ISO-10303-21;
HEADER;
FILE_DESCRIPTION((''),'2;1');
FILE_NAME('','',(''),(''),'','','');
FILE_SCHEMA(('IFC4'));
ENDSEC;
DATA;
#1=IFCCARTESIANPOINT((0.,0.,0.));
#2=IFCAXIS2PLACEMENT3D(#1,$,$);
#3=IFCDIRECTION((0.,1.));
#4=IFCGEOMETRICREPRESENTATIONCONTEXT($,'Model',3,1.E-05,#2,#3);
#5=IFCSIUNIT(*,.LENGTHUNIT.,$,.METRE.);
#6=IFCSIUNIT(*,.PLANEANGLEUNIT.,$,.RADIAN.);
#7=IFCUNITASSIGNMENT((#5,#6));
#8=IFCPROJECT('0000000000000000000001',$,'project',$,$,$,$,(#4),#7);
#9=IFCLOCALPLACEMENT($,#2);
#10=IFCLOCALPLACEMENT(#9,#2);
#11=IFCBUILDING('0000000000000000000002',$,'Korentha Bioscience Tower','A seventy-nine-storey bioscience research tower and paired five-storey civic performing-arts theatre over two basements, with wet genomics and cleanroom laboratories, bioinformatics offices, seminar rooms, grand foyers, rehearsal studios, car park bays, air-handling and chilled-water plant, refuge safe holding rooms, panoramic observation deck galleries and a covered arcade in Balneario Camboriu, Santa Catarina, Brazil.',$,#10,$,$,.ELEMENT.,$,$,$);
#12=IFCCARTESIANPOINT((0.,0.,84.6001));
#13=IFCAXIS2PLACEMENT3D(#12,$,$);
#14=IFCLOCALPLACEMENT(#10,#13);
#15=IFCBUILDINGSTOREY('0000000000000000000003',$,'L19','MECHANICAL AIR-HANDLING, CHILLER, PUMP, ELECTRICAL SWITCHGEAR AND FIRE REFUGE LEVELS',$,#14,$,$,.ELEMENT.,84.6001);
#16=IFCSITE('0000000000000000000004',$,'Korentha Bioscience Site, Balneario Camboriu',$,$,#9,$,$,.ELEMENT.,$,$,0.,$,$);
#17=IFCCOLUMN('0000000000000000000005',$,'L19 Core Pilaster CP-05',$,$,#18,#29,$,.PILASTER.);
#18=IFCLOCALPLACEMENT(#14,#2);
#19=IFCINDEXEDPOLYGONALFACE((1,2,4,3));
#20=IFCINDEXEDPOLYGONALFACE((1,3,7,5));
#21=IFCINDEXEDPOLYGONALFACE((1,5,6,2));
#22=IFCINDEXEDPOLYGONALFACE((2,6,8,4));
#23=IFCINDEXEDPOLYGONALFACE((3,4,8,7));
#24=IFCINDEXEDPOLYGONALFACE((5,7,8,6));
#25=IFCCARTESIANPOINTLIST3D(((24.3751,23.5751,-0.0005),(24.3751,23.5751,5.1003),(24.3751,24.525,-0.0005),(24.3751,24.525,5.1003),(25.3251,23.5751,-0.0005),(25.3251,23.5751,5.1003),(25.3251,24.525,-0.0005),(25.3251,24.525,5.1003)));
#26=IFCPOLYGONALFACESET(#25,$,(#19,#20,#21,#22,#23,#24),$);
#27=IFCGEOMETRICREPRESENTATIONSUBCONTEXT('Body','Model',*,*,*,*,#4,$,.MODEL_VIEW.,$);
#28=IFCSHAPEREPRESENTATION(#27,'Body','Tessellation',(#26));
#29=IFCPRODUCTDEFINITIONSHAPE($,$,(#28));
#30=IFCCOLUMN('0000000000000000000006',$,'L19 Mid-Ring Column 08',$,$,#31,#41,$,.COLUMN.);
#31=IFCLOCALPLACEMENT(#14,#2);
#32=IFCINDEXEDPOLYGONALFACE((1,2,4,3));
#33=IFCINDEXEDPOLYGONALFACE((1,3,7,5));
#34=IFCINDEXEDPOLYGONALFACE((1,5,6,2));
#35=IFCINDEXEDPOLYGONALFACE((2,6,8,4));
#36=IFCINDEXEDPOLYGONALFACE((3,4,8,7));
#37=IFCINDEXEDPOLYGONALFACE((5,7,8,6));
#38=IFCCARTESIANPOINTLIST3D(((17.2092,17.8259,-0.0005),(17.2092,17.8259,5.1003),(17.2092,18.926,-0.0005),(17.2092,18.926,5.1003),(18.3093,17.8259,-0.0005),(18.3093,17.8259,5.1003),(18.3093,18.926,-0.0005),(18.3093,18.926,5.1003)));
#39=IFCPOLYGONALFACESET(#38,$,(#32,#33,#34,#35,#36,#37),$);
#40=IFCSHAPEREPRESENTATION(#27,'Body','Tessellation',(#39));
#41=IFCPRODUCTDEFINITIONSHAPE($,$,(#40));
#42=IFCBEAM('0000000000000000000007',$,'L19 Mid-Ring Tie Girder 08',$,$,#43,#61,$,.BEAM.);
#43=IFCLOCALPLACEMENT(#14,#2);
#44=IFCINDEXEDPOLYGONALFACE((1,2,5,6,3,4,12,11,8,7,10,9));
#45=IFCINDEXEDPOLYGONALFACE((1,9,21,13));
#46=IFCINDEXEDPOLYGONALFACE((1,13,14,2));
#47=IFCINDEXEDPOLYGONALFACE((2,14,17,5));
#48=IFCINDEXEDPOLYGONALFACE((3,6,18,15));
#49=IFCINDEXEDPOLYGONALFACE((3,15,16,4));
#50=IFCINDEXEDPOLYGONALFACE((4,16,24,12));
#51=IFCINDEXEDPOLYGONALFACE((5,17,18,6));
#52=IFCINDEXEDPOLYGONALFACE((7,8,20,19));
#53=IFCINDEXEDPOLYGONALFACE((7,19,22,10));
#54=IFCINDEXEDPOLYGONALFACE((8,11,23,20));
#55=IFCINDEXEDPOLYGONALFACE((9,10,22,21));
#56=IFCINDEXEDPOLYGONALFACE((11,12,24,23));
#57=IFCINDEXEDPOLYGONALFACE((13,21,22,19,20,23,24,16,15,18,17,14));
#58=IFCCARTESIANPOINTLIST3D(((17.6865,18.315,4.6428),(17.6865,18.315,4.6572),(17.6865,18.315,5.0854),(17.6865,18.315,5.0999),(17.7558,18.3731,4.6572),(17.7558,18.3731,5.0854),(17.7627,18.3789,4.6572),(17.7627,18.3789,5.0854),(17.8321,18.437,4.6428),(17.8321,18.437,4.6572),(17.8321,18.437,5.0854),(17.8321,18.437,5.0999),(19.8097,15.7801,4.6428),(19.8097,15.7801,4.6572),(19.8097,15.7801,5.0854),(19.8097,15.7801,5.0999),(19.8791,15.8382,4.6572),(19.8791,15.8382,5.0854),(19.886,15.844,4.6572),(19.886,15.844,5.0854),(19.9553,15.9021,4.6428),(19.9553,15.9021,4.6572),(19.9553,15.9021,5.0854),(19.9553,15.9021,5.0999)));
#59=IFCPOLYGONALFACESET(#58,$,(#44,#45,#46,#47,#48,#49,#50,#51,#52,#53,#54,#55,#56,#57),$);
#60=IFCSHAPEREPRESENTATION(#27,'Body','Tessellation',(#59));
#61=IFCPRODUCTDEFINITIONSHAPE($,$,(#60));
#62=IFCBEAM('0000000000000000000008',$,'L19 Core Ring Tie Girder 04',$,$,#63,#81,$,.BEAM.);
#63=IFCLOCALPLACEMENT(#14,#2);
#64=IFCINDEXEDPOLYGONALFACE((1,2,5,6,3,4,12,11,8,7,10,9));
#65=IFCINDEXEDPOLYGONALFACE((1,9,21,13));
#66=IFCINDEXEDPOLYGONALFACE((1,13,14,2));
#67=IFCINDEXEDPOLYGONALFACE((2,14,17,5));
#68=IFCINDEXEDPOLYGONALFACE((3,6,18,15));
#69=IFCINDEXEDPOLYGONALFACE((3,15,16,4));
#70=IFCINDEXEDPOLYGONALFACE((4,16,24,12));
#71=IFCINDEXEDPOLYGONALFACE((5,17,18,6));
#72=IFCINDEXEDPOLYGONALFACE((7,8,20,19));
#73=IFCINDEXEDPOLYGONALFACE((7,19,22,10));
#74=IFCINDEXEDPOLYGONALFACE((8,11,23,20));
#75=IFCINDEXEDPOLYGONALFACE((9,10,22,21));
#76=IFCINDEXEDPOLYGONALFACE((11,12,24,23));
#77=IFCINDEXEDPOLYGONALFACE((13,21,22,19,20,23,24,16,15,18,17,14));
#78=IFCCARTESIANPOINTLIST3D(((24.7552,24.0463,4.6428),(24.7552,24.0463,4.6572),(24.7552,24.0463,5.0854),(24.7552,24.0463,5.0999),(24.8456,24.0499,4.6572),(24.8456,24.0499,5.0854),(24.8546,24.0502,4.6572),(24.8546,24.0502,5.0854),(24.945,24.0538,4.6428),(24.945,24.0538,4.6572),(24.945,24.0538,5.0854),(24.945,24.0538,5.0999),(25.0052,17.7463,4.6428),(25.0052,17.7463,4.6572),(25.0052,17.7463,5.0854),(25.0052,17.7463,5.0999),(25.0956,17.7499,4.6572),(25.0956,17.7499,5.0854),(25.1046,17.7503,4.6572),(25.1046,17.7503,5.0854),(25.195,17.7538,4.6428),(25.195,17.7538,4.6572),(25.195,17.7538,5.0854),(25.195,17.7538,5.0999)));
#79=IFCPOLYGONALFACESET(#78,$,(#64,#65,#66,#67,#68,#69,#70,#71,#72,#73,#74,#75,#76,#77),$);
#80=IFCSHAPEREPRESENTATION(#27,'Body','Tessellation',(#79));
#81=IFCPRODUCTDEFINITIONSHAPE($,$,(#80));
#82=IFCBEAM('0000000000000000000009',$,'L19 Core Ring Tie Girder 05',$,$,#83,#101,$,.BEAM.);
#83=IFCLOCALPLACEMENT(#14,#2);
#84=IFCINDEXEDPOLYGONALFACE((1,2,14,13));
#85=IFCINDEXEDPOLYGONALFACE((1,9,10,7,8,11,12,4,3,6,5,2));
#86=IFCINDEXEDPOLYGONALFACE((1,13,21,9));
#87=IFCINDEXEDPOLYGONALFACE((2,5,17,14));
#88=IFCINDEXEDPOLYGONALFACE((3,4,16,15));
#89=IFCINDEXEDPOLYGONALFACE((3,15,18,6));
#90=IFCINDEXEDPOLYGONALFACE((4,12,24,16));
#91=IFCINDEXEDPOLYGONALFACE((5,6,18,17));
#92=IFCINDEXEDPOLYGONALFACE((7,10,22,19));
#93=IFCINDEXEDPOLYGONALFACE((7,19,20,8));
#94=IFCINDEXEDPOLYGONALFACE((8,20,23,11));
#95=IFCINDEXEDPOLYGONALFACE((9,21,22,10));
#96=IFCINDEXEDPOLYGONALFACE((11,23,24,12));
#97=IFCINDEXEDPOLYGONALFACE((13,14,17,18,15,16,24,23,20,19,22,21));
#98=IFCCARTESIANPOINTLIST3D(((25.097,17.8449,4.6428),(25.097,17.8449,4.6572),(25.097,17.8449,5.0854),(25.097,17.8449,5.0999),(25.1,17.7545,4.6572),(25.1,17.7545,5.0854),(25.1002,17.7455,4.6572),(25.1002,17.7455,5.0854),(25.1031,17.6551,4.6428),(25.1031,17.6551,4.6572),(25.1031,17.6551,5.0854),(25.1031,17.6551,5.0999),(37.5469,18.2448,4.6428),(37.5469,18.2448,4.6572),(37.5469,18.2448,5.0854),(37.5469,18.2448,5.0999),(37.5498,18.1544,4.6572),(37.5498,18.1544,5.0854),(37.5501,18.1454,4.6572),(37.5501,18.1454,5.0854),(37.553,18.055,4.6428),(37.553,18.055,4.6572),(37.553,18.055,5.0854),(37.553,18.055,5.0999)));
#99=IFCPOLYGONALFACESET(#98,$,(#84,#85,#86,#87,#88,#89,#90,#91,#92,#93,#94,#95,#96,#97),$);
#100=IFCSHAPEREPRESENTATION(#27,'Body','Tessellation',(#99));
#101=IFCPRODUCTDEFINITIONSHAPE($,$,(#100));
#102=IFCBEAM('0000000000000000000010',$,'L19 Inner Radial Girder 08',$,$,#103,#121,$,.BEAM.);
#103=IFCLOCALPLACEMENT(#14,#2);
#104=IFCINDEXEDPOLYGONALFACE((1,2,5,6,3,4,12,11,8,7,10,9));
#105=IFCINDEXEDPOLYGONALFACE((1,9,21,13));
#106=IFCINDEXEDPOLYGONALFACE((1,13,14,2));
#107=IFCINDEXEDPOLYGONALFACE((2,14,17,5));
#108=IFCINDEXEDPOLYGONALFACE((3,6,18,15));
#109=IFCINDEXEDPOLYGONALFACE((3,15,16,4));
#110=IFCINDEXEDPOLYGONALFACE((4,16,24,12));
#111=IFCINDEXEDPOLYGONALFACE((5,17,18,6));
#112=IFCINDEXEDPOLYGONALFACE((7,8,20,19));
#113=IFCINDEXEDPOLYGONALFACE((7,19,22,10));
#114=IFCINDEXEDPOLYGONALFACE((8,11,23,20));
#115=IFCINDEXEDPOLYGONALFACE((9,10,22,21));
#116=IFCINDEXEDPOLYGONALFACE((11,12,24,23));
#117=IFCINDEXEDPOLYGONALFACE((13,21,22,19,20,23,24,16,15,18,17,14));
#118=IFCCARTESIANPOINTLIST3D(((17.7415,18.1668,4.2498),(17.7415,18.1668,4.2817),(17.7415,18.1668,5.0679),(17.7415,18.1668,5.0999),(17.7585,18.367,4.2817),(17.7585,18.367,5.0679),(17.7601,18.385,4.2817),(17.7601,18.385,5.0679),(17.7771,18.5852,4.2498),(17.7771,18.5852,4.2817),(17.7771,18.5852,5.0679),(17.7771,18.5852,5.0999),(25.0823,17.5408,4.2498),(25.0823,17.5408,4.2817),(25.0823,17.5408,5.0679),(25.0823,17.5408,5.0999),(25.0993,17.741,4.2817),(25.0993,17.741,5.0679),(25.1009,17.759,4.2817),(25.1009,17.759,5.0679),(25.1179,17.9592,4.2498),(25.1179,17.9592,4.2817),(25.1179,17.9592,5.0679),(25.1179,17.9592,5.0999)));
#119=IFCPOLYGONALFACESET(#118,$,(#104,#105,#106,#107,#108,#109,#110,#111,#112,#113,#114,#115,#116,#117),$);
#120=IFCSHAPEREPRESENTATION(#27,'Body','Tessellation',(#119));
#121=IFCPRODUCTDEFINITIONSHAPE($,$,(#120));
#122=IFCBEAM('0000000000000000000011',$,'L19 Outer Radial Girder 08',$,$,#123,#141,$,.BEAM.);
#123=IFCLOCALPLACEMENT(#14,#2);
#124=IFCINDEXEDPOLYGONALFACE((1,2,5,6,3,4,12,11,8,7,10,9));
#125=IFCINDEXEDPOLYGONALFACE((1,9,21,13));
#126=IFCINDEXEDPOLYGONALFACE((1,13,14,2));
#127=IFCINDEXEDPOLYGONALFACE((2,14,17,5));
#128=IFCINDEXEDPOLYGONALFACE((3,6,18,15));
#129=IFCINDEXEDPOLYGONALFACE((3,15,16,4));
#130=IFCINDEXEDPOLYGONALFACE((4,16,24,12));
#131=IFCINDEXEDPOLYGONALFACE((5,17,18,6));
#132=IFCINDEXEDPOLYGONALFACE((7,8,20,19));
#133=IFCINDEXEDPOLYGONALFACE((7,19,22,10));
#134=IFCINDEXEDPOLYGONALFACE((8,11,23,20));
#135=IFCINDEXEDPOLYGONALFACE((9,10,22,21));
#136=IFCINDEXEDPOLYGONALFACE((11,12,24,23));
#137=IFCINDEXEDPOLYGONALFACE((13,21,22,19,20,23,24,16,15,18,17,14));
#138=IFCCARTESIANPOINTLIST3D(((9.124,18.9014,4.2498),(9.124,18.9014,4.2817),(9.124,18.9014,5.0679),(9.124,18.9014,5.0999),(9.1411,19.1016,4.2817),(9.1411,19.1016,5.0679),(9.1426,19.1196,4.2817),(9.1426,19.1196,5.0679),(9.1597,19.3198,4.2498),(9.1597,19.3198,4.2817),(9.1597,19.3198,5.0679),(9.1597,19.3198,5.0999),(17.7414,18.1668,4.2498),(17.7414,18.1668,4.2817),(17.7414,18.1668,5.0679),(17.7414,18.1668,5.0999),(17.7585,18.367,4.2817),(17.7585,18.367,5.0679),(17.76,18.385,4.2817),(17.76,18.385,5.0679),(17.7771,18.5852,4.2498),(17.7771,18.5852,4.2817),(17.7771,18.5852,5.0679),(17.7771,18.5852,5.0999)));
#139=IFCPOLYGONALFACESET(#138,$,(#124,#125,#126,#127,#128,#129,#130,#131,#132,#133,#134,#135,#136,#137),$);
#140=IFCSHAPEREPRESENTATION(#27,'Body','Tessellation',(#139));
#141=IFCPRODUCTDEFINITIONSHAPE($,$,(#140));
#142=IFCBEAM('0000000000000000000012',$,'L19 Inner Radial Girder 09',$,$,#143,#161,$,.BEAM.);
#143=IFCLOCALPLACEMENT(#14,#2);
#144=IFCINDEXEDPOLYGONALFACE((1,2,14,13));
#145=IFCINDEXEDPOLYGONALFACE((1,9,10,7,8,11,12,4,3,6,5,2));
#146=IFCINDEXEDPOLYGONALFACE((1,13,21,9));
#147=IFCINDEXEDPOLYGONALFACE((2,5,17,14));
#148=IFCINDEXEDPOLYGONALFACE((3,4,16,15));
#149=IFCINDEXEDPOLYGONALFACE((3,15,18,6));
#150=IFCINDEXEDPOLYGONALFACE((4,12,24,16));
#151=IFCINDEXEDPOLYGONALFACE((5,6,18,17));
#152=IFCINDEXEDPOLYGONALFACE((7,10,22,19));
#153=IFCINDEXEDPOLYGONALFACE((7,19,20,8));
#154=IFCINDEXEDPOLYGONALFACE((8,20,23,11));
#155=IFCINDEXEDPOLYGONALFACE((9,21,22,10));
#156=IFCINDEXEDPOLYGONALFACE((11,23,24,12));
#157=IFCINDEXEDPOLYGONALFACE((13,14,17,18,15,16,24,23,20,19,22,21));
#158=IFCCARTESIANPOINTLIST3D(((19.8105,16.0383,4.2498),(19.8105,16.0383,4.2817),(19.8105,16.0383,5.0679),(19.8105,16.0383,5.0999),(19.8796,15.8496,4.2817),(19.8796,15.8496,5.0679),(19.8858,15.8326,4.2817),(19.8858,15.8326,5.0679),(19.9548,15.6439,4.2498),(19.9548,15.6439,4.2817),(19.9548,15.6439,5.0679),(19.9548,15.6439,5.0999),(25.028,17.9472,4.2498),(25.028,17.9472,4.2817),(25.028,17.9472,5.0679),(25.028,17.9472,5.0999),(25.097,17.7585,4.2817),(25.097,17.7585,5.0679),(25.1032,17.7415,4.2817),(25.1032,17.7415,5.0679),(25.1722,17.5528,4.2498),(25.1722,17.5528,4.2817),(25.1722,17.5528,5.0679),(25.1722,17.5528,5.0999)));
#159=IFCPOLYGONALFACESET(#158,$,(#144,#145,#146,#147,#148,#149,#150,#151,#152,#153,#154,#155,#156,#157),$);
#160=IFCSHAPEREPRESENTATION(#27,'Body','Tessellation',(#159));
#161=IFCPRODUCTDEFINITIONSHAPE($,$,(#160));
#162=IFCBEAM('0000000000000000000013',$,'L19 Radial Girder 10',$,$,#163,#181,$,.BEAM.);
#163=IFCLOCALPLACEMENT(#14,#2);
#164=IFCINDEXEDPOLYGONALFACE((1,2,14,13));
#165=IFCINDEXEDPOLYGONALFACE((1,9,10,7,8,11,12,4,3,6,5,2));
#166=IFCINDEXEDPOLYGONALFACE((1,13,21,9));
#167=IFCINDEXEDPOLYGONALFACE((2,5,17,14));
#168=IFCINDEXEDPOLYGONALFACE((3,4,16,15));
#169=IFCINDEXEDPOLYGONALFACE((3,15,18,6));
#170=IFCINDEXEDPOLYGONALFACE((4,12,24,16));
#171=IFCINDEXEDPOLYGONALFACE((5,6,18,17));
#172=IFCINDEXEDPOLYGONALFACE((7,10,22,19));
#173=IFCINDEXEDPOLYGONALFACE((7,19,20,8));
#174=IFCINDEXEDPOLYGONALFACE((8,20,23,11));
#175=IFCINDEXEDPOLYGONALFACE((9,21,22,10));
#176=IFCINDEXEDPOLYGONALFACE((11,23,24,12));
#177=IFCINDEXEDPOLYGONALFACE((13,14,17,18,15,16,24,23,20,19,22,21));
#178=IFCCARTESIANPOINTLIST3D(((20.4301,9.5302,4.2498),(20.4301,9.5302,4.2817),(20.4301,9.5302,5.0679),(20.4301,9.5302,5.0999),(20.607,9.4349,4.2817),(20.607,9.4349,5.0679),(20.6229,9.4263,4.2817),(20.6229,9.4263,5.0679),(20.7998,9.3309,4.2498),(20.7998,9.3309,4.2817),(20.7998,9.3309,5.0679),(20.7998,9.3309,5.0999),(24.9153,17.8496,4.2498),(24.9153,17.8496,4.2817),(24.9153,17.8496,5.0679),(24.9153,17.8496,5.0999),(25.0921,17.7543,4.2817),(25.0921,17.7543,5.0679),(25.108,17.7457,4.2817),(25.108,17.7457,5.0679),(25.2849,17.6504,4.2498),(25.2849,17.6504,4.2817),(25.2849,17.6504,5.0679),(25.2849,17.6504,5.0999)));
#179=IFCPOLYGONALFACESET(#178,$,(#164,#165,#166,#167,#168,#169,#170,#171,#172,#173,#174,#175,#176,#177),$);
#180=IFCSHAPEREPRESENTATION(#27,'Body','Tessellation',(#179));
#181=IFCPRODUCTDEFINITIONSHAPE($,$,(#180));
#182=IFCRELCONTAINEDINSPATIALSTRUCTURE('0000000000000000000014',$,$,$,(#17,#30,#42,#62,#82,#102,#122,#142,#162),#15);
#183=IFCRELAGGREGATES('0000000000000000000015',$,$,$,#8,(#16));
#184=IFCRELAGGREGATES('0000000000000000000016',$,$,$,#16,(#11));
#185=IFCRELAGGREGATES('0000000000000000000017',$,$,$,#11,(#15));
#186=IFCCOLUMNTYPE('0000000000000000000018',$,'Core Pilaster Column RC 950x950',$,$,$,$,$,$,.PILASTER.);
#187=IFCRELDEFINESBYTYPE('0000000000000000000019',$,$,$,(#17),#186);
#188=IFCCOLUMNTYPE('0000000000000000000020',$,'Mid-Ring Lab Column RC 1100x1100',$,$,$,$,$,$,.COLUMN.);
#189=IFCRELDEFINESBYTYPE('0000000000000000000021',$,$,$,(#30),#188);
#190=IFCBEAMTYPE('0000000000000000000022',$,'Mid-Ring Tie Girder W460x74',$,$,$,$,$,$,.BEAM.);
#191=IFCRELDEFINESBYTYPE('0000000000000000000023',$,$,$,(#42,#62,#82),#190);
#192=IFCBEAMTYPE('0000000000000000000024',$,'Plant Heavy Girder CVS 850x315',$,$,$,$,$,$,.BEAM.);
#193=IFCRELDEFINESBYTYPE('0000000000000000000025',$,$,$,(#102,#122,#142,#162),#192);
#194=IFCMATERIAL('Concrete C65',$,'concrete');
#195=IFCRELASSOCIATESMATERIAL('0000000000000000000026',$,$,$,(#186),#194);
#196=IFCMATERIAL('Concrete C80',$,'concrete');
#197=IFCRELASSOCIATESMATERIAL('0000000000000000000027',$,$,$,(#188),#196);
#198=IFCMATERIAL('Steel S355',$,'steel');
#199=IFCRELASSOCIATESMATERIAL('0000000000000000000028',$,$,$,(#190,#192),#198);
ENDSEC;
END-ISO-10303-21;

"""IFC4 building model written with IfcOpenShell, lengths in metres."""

from ifc_helpers import new_model, si_unit, direction, frame, origin, origin_2d, place, context, subcontext, project, spatial, rectangle, i_section, extrude, material, material_profile, profile_set, type_object, element, save


model = new_model("IFC4")

# Units and contexts
model_context = context("Model", 3, precision=1e-05, world=origin(), true_north=direction((0.0, 1.0)))
body_context = subcontext(model_context, "Body", "Model", "MODEL_VIEW")
ifc_project = project(units=[si_unit("LENGTHUNIT", "METRE"), si_unit("PLANEANGLEUNIT", "RADIAN")], contexts=[model_context])

# Site, building, storey
site_placement = place(None, origin())
site = spatial("IfcSite", under=ifc_project, at=site_placement, Name="Korentha Bioscience Site, Balneario Camboriu", CompositionType="ELEMENT", RefElevation=0.0)
building_placement = place(site_placement, origin())
building = spatial("IfcBuilding", under=site, at=building_placement, Name="Korentha Bioscience Tower", Description="A seventy-nine-storey bioscience research tower and paired five-storey civic performing-arts theatre over two basements, with wet genomics and cleanroom laboratories, bioinformatics offices, seminar rooms, grand foyers, rehearsal studios, car park bays, air-handling and chilled-water plant, refuge safe holding rooms, panoramic observation deck galleries and a covered arcade in Balneario Camboriu, Santa Catarina, Brazil.", CompositionType="ELEMENT")
storey_placement = place(building_placement, frame((0.0, 0.0, 84.6001)))
storey = spatial("IfcBuildingStorey", under=building, at=storey_placement, Name="L19", Description="MECHANICAL AIR-HANDLING, CHILLER, PUMP, ELECTRICAL SWITCHGEAR AND FIRE REFUGE LEVELS", CompositionType="ELEMENT", Elevation=84.6001)

# Columns
ifc_material_1 = material(Name="Concrete C65", Category="concrete")
ifc_material_profile_1 = material_profile(ifc_material_1, rectangle(XDim=0.95, YDim=0.95, at=origin_2d()), Name="Concrete C65")
ifc_profile_set_1 = profile_set([ifc_material_profile_1], Name="Concrete C65 (COL-CP09)")
column_type_1 = type_object("IfcColumnType", Name="Core Pilaster Column RC 950x950", PredefinedType="PILASTER", material=ifc_profile_set_1)
column_1_placement = place(storey_placement, frame((24.8501, 24.05, -0.0005), z_axis=(0.0, 0.0, 1.0), x_axis=(1.0, 0.0, 0.0)))
element("IfcColumn", 1, at=column_1_placement, inside=storey, type_object=column_type_1, Name="L19 Core Pilaster CP-05", PredefinedType="PILASTER", context=body_context, shape_type="SweptSolid", body=[
    extrude(rectangle(XDim=0.95, YDim=0.95, at=origin_2d()), origin(), (0.0, 0.0, 1.0), 5.1008),
])
ifc_material_2 = material(Name="Concrete C80", Category="concrete")
ifc_material_profile_2 = material_profile(ifc_material_2, rectangle(XDim=1.1001, YDim=1.1001, at=origin_2d()), Name="Concrete C80")
ifc_profile_set_2 = profile_set([ifc_material_profile_2], Name="Concrete C80 (COL-MR11)")
column_type_2 = type_object("IfcColumnType", Name="Mid-Ring Lab Column RC 1100x1100", PredefinedType="COLUMN", material=ifc_profile_set_2)
column_2_placement = place(storey_placement, frame((17.7593, 18.376, -0.0005), z_axis=(0.0, 0.0, 1.0), x_axis=(1.0, 0.0, 0.0)))
element("IfcColumn", 2, at=column_2_placement, inside=storey, type_object=column_type_2, Name="L19 Mid-Ring Column 08", PredefinedType="COLUMN", context=body_context, shape_type="SweptSolid", body=[
    extrude(rectangle(XDim=1.1001, YDim=1.1001, at=origin_2d()), origin(), (0.0, 0.0, 1.0), 5.1008),
])

# Beams
ifc_material_3 = material(Name="Steel S355", Category="steel")
ifc_material_profile_3 = material_profile(ifc_material_3, i_section(OverallWidth=0.1899, OverallDepth=0.457, WebThickness=0.009, FlangeThickness=0.0144, at=origin_2d()), Name="Steel S355")
ifc_profile_set_3 = profile_set([ifc_material_profile_3], Name="Steel S355 (MB-460)")
beam_type_1 = type_object("IfcBeamType", Name="Mid-Ring Tie Girder W460x74", PredefinedType="BEAM", material=ifc_profile_set_3)
beam_1_placement = place(storey_placement, frame((17.7593, 18.376, 4.8713), z_axis=(0.642121, -0.766603, 0.0), x_axis=(0.766603, 0.642121, 0.0)))
element("IfcBeam", 3, at=beam_1_placement, inside=storey, type_object=beam_type_1, Name="L19 Mid-Ring Tie Girder 08", PredefinedType="BEAM", context=body_context, shape_type="SweptSolid", body=[
    extrude(i_section(OverallWidth=0.1899, OverallDepth=0.457, WebThickness=0.009, FlangeThickness=0.0144, at=origin_2d()), origin(), (0.0, 0.0, 1.0), 3.3066),
])
beam_2_placement = place(storey_placement, frame((24.8501, 24.05, 4.8713), z_axis=(0.039651, -0.999214, 0.0), x_axis=(0.999214, 0.039651, 0.0)))
element("IfcBeam", 4, at=beam_2_placement, inside=storey, type_object=beam_type_1, Name="L19 Core Ring Tie Girder 04", PredefinedType="BEAM", context=body_context, shape_type="SweptSolid", body=[
    extrude(i_section(OverallWidth=0.1899, OverallDepth=0.457, WebThickness=0.009, FlangeThickness=0.0144, at=origin_2d()), origin(), (0.0, 0.0, 1.0), 6.3049),
])
beam_3_placement = place(storey_placement, frame((25.1001, 17.75, 4.8713), z_axis=(0.999485, 0.032104, 0.0), x_axis=(-0.032104, 0.999485, 0.0)))
element("IfcBeam", 5, at=beam_3_placement, inside=storey, type_object=beam_type_1, Name="L19 Core Ring Tie Girder 05", PredefinedType="BEAM", context=body_context, shape_type="SweptSolid", body=[
    extrude(i_section(OverallWidth=0.1899, OverallDepth=0.457, WebThickness=0.009, FlangeThickness=0.0144, at=origin_2d()), origin(), (0.0, 0.0, 1.0), 12.4563),
])
ifc_material_profile_4 = material_profile(ifc_material_3, i_section(OverallWidth=0.4199, OverallDepth=0.8501, WebThickness=0.0181, FlangeThickness=0.032, at=origin_2d()), Name="Steel S355")
ifc_profile_set_4 = profile_set([ifc_material_profile_4], Name="Steel S355 (MB-850)")
beam_type_2 = type_object("IfcBeamType", Name="Plant Heavy Girder CVS 850x315", PredefinedType="BEAM", material=ifc_profile_set_4)
beam_4_placement = place(storey_placement, frame((25.1001, 17.75, 4.6748), z_axis=(-0.996384, 0.084965, 0.0), x_axis=(-0.084965, -0.996384, 0.0)))
element("IfcBeam", 6, at=beam_4_placement, inside=storey, type_object=beam_type_2, Name="L19 Inner Radial Girder 08", PredefinedType="BEAM", context=body_context, shape_type="SweptSolid", body=[
    extrude(i_section(OverallWidth=0.4199, OverallDepth=0.8501, WebThickness=0.0181, FlangeThickness=0.032, at=origin_2d()), origin(), (0.0, 0.0, 1.0), 7.3674),
])
beam_5_placement = place(storey_placement, frame((17.7593, 18.376, 4.6748), z_axis=(-0.996386, 0.08494, 0.0), x_axis=(-0.08494, -0.996386, 0.0)))
element("IfcBeam", 7, at=beam_5_placement, inside=storey, type_object=beam_type_2, Name="L19 Outer Radial Girder 08", PredefinedType="BEAM", context=body_context, shape_type="SweptSolid", body=[
    extrude(i_section(OverallWidth=0.4199, OverallDepth=0.8501, WebThickness=0.0181, FlangeThickness=0.032, at=origin_2d()), origin(), (0.0, 0.0, 1.0), 8.6487),
])
beam_6_placement = place(storey_placement, frame((25.1001, 17.75, 4.6748), z_axis=(-0.939118, -0.343595, 0.0), x_axis=(0.343595, -0.939118, 0.0)))
element("IfcBeam", 8, at=beam_6_placement, inside=storey, type_object=beam_type_2, Name="L19 Inner Radial Girder 09", PredefinedType="BEAM", context=body_context, shape_type="SweptSolid", body=[
    extrude(i_section(OverallWidth=0.4199, OverallDepth=0.8501, WebThickness=0.0181, FlangeThickness=0.032, at=origin_2d()), origin(), (0.0, 0.0, 1.0), 5.5557),
])
beam_7_placement = place(storey_placement, frame((25.1001, 17.75, 4.6748), z_axis=(-0.474548, -0.88023, 0.0), x_axis=(0.88023, -0.474548, 0.0)))
element("IfcBeam", 9, at=beam_7_placement, inside=storey, type_object=beam_type_2, Name="L19 Radial Girder 10", PredefinedType="BEAM", context=body_context, shape_type="SweptSolid", body=[
    extrude(i_section(OverallWidth=0.4199, OverallDepth=0.8501, WebThickness=0.0181, FlangeThickness=0.032, at=origin_2d()), origin(), (0.0, 0.0, 1.0), 9.4514),
])

save(model, "model.ifc")
